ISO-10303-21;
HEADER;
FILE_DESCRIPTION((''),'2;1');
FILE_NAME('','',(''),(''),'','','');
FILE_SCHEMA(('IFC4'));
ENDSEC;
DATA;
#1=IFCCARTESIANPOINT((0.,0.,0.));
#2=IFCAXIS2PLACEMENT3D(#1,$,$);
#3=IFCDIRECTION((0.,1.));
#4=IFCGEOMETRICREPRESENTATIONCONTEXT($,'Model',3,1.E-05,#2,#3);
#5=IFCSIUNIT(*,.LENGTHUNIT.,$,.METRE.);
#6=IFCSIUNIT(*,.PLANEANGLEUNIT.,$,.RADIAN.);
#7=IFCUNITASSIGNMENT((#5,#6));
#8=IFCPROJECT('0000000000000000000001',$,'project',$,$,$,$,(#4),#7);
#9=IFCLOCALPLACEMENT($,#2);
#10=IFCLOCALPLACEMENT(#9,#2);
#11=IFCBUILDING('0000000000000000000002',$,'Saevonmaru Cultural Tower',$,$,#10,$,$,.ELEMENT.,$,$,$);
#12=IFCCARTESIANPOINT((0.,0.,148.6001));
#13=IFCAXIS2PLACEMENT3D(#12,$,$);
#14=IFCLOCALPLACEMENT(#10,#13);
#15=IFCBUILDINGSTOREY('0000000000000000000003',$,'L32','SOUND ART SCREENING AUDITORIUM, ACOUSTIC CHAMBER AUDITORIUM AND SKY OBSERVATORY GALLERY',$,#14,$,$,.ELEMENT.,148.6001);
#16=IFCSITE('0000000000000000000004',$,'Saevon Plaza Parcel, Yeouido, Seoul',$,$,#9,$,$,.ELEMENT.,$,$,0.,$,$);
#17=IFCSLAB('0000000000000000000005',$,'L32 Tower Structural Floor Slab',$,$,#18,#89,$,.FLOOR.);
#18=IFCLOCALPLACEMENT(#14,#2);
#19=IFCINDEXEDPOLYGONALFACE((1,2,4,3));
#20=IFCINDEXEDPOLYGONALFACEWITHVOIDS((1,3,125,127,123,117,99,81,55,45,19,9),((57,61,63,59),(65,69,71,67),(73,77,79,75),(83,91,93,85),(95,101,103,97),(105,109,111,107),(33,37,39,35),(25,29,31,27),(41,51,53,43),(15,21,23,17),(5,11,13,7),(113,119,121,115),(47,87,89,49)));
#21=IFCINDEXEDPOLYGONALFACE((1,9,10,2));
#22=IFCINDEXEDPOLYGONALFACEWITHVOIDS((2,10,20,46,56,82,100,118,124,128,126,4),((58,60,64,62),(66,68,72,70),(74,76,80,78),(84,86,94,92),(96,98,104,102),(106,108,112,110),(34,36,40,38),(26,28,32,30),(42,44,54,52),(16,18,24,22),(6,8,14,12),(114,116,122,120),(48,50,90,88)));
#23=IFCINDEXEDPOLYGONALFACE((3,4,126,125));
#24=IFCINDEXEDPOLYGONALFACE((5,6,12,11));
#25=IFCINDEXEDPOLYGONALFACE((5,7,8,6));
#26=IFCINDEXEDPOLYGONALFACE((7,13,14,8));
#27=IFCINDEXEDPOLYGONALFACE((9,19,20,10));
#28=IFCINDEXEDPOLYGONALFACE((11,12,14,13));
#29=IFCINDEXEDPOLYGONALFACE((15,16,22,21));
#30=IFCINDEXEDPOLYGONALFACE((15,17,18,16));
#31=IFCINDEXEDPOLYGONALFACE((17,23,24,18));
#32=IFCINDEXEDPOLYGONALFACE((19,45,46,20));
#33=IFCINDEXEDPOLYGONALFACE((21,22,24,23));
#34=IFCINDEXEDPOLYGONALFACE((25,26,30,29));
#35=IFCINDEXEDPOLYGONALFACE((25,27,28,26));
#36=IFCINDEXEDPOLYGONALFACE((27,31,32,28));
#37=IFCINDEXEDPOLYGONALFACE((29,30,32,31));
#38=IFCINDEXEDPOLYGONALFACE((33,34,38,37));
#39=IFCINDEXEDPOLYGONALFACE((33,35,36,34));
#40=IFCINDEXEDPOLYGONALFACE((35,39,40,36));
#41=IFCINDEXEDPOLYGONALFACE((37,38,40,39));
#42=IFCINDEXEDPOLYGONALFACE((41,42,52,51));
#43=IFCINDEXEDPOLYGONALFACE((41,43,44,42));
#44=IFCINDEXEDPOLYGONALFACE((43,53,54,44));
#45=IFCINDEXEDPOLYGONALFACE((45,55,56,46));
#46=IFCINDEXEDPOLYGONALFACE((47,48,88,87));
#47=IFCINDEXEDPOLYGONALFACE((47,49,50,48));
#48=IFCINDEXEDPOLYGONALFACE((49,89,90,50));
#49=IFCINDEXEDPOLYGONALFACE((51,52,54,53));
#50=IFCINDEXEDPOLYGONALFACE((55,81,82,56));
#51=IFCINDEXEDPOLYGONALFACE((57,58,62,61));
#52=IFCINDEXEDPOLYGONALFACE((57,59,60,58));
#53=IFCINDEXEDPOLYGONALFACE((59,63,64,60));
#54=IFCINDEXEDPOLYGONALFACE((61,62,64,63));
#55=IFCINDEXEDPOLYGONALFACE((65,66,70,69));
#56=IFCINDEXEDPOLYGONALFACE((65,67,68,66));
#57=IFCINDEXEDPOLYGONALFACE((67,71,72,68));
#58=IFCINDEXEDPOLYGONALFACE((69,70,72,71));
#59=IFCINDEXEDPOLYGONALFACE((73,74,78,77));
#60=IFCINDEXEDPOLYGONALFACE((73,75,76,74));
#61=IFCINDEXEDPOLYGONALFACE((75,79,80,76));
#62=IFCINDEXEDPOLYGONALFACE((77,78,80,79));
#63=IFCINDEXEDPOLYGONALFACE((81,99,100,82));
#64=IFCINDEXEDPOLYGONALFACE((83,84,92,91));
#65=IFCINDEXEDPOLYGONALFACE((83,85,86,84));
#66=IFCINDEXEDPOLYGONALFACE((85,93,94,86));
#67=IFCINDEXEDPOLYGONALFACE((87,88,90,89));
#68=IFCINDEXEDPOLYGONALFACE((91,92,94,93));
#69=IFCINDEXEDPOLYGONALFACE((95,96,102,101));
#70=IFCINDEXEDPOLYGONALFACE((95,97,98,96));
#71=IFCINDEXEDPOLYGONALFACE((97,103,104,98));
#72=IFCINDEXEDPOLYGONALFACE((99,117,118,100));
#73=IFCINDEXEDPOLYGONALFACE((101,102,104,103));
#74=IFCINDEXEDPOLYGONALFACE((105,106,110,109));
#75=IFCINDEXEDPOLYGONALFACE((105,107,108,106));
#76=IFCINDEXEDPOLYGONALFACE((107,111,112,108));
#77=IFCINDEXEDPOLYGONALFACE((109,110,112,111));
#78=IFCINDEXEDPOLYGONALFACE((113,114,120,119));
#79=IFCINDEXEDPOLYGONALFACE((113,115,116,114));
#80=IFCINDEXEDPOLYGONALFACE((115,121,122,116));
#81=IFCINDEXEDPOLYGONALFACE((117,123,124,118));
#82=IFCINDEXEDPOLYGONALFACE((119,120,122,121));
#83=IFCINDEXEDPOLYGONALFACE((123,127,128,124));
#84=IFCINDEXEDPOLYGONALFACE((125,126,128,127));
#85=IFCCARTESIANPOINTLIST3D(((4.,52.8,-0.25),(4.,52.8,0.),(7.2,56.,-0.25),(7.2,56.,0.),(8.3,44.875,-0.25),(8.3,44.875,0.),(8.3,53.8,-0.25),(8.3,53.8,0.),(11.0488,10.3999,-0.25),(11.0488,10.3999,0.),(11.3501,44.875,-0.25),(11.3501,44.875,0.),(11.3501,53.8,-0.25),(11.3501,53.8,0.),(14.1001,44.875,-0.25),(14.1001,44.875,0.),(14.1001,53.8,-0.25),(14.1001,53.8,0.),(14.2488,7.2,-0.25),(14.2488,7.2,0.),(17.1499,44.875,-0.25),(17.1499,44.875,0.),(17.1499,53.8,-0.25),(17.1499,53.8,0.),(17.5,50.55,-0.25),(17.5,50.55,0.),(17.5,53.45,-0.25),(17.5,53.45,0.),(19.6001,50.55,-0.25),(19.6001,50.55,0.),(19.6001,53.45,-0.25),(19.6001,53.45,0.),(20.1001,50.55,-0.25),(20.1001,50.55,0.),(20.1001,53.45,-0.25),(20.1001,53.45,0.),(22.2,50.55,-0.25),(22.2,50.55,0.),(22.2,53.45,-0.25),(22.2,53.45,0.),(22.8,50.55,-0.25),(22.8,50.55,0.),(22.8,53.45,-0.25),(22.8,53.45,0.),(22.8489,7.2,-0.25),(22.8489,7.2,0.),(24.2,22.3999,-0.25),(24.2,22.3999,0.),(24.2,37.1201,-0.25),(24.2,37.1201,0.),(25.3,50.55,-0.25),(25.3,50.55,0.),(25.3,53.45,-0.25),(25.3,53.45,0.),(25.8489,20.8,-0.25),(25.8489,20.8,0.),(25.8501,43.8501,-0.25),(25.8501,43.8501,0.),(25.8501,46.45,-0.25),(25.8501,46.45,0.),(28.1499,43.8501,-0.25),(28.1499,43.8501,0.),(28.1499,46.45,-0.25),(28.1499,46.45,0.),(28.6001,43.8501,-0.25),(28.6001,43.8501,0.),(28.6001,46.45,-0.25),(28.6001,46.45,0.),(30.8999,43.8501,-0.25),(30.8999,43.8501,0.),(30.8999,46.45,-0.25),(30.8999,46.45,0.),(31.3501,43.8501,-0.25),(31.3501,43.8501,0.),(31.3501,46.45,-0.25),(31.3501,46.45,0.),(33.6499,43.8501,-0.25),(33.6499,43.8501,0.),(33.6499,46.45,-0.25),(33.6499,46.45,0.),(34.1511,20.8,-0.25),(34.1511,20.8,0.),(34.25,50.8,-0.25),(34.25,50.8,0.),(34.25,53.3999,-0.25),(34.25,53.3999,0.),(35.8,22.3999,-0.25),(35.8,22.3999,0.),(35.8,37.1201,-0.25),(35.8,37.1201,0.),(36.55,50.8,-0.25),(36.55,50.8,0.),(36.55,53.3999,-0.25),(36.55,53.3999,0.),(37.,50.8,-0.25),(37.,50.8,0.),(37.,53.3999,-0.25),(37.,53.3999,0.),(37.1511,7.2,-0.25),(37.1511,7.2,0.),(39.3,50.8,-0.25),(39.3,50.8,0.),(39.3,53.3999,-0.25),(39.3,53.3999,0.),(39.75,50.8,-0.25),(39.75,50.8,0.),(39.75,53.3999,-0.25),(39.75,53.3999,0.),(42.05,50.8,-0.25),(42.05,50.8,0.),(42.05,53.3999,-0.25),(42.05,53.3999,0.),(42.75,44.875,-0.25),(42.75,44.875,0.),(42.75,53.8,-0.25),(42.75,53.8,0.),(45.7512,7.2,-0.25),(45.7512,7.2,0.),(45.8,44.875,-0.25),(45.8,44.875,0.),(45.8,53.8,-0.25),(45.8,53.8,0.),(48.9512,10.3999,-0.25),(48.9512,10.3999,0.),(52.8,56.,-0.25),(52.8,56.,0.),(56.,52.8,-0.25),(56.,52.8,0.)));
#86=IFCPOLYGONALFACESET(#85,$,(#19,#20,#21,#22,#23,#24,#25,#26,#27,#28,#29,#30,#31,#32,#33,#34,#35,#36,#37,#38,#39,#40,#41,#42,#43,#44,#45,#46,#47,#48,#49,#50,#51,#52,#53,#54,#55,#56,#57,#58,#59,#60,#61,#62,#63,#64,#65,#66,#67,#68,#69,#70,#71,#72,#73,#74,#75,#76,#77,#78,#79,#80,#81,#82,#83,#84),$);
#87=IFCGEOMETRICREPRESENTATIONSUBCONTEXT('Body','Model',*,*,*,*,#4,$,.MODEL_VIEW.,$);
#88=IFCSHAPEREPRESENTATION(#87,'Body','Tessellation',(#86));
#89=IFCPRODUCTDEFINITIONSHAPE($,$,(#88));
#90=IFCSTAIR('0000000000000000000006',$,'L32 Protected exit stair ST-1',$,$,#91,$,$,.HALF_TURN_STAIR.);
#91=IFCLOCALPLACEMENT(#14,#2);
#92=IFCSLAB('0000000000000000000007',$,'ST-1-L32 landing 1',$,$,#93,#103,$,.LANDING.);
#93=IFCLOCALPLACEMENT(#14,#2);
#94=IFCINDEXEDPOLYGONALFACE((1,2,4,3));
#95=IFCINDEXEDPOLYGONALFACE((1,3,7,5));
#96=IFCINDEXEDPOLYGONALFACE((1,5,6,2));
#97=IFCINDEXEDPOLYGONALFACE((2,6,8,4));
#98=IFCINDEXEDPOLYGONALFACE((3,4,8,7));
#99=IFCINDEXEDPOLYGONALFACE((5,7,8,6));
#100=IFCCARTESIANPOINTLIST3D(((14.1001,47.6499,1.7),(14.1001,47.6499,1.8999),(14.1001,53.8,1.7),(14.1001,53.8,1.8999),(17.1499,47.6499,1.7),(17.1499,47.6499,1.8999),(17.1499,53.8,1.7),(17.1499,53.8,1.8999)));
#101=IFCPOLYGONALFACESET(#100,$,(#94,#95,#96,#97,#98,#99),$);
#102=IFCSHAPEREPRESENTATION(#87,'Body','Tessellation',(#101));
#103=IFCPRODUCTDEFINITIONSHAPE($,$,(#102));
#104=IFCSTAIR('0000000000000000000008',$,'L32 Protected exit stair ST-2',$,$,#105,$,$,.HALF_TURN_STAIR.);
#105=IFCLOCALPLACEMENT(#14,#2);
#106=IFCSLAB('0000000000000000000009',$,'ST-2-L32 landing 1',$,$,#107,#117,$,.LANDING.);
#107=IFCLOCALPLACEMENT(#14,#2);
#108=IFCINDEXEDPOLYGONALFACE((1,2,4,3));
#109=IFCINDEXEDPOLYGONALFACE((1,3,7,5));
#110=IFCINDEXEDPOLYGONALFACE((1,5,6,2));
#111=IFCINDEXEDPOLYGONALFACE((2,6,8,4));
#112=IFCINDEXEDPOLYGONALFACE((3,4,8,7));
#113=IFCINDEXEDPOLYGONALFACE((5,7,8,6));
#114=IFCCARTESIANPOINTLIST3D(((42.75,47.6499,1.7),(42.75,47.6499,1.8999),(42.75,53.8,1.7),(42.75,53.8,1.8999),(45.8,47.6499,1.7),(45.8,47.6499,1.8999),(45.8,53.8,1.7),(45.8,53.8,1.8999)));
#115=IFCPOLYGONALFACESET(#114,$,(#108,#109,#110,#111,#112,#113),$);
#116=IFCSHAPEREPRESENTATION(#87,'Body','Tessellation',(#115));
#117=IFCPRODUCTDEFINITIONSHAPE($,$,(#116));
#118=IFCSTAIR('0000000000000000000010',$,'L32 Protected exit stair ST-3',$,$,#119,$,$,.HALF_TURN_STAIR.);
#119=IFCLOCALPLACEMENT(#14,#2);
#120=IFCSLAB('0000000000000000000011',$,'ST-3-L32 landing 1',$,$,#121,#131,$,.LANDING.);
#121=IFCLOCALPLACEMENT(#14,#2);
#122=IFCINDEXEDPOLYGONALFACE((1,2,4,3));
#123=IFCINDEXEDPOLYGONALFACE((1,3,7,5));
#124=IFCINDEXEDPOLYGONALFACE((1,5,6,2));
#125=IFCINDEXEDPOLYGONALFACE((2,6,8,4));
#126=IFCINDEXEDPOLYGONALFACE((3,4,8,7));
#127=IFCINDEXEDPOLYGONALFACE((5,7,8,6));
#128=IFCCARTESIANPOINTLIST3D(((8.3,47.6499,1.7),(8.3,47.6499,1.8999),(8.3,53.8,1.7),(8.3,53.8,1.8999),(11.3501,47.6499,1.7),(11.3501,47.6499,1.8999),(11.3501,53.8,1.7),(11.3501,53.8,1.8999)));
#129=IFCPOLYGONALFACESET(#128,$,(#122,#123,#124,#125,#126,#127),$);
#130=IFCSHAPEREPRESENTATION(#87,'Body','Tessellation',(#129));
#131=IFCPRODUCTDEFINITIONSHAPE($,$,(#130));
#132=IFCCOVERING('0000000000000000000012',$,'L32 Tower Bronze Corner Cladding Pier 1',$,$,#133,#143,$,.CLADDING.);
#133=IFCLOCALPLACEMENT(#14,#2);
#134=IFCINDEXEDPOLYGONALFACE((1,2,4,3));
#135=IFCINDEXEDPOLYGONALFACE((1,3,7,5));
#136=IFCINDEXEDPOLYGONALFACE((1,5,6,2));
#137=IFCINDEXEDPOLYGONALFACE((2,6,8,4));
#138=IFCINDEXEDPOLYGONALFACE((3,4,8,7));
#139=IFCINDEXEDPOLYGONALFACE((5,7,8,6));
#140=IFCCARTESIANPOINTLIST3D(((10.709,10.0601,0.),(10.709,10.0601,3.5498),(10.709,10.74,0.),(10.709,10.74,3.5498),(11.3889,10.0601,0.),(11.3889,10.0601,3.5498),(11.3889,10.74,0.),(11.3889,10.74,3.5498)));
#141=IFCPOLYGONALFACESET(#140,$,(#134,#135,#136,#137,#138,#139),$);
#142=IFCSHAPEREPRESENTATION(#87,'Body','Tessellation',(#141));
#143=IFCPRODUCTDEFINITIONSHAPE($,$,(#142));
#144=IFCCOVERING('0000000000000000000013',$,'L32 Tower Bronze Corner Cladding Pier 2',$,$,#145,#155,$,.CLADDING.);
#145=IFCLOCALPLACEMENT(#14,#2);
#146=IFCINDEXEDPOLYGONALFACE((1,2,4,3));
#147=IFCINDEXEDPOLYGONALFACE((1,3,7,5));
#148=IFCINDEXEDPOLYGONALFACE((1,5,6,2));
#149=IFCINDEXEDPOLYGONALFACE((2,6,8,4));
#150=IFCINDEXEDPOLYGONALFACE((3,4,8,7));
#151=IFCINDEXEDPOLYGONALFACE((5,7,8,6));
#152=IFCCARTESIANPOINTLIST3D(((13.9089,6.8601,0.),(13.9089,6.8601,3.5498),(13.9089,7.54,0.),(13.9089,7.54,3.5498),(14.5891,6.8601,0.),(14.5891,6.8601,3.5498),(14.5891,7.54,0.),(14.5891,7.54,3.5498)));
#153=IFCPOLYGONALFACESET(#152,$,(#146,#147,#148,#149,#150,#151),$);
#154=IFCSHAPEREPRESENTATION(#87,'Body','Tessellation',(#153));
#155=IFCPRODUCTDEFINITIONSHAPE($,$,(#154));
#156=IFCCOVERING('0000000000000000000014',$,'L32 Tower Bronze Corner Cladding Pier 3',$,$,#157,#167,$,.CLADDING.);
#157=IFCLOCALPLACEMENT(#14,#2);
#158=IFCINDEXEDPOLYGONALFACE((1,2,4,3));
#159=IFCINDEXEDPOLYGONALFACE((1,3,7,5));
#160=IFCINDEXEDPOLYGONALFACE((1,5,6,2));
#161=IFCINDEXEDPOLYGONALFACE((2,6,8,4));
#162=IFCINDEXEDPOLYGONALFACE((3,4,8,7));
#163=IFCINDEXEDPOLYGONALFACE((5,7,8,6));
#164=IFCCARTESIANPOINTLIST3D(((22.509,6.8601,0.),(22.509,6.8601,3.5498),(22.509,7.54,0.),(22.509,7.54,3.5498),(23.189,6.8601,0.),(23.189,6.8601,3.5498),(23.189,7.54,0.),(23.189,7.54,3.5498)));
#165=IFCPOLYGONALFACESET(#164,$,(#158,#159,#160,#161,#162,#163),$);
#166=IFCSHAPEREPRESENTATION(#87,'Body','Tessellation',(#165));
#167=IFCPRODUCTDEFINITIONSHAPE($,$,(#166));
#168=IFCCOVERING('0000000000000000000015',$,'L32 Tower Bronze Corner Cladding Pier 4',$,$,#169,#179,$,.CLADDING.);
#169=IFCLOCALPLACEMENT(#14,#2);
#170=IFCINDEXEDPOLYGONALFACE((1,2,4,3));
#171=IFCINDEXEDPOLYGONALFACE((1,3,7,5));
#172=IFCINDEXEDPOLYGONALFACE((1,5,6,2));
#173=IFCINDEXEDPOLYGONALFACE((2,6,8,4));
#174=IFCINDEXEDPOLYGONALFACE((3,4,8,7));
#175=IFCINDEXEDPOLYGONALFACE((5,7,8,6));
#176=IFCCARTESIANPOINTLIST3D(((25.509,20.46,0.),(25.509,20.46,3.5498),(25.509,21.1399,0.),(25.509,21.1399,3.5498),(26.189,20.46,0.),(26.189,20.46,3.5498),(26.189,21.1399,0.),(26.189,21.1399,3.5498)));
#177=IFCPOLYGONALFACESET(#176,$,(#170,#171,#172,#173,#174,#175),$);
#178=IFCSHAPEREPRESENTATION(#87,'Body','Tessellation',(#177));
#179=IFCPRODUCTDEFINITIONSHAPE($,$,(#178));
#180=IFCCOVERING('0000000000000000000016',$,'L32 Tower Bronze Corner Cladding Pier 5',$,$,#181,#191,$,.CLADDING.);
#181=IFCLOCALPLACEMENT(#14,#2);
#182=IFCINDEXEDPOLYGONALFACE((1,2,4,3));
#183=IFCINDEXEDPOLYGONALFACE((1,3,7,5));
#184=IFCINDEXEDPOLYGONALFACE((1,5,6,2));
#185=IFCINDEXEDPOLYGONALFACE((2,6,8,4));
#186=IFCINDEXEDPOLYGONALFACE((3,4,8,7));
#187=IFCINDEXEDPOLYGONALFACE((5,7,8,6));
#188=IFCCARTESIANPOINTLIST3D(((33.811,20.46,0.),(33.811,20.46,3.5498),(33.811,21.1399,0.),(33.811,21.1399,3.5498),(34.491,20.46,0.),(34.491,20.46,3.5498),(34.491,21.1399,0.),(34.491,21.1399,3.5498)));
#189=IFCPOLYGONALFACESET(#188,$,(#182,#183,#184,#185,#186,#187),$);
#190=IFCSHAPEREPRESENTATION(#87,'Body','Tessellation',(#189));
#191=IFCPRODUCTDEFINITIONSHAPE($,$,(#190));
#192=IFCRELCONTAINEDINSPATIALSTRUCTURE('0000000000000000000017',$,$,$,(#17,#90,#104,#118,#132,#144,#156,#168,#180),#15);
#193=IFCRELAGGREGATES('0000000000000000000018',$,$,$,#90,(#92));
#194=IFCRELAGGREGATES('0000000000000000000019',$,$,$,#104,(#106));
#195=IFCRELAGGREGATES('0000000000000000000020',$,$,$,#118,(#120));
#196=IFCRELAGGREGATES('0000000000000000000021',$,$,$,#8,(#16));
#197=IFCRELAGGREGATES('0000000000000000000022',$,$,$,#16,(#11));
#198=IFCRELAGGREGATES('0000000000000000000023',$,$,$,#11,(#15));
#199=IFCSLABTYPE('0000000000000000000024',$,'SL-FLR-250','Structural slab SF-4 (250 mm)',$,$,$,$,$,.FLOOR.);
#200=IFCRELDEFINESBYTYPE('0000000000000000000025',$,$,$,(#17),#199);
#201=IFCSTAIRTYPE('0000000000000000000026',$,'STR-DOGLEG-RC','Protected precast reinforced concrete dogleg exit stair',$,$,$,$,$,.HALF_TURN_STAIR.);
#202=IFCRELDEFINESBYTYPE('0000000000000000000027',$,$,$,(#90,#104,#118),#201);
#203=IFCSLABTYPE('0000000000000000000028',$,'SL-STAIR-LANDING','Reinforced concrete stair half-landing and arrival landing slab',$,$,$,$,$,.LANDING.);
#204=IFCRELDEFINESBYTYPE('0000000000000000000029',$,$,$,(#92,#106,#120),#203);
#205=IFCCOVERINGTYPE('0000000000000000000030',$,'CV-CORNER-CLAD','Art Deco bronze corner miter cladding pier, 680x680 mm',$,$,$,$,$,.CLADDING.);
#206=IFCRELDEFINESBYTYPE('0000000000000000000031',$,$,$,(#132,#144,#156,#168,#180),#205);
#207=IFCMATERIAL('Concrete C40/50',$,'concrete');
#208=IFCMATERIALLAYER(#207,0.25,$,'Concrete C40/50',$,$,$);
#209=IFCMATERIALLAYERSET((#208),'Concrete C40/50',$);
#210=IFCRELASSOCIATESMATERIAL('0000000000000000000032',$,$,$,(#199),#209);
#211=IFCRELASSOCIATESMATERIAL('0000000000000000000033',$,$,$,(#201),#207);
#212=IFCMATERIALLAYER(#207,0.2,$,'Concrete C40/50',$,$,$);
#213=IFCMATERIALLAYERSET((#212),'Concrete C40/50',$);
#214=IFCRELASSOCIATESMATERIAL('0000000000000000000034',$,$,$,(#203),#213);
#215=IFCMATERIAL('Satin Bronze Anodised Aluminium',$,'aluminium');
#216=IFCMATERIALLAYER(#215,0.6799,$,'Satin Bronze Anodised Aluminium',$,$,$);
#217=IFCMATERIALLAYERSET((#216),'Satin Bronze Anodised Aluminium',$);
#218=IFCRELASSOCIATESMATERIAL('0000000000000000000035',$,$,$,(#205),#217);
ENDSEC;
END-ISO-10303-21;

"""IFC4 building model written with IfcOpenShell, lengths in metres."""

from ifc_helpers import new_model, si_unit, direction, frame, origin, place, context, subcontext, project, spatial, polyline, outline, extrude, material, layer, layer_set, type_object, element, aggregate, save


model = new_model("IFC4")

# Units and contexts
model_context = context("Model", 3, precision=1e-05, world=origin(), true_north=direction((0.0, 1.0)))
body_context = subcontext(model_context, "Body", "Model", "MODEL_VIEW")
ifc_project = project(units=[si_unit("LENGTHUNIT", "METRE"), si_unit("PLANEANGLEUNIT", "RADIAN")], contexts=[model_context])

# Site, building, storey
site_placement = place(None, origin())
site = spatial("IfcSite", under=ifc_project, at=site_placement, Name="Saevon Plaza Parcel, Yeouido, Seoul", CompositionType="ELEMENT", RefElevation=0.0)
building_placement = place(site_placement, origin())
building = spatial("IfcBuilding", under=site, at=building_placement, Name="Saevonmaru Cultural Tower", CompositionType="ELEMENT")
storey_placement = place(building_placement, frame((0.0, 0.0, 148.6001)))
storey = spatial("IfcBuildingStorey", under=building, at=storey_placement, Name="L32", Description="SOUND ART SCREENING AUDITORIUM, ACOUSTIC CHAMBER AUDITORIUM AND SKY OBSERVATORY GALLERY", CompositionType="ELEMENT", Elevation=148.6001)

# Shared definitions
ifc_material_1 = material(Name="Satin Bronze Anodised Aluminium", Category="aluminium")

# Slab
ifc_material_2 = material(Name="Concrete C40/50", Category="concrete")
ifc_layer_1 = layer(ifc_material_2, 0.25, Name="Concrete C40/50")
ifc_layer_set_1 = layer_set([ifc_layer_1], Name="Concrete C40/50")
slab_type_1 = type_object("IfcSlabType", Name="SL-FLR-250", Description="Structural slab SF-4 (250 mm)", PredefinedType="FLOOR", material=ifc_layer_set_1)
slab_1_placement = place(storey_placement, frame((0.0, 0.0, -0.25)))
element("IfcSlab", 1, at=slab_1_placement, inside=storey, type_object=slab_type_1, Name="L32 Tower Structural Floor Slab", PredefinedType="FLOOR", context=body_context, shape_type="SweptSolid", body=[
    extrude(outline(polyline([(11.0488, 10.3999), (14.2488, 7.2), (22.8489, 7.2), (25.8489, 20.8), (34.1511, 20.8), (37.1511, 7.2), (45.7512, 7.2), (48.9512, 10.3999), (56.0, 52.8), (52.8, 56.0), (7.2, 56.0), (4.0, 52.8), (11.0488, 10.3999)]), holes=[polyline([(45.8, 44.875), (42.75, 44.875), (42.75, 53.8), (45.8, 53.8), (45.8, 44.875)]), polyline([(39.75, 50.8), (39.75, 53.3999), (42.05, 53.3999), (42.05, 50.8), (39.75, 50.8)]), polyline([(37.0, 50.8), (37.0, 53.3999), (39.3, 53.3999), (39.3, 50.8), (37.0, 50.8)]), polyline([(34.25, 50.8), (34.25, 53.3999), (36.55, 53.3999), (36.55, 50.8), (34.25, 50.8)]), polyline([(24.2, 22.3999), (24.2, 37.1201), (35.8, 37.1201), (35.8, 22.3999), (24.2, 22.3999)]), polyline([(31.3501, 43.8501), (31.3501, 46.45), (33.6499, 46.45), (33.6499, 43.8501), (31.3501, 43.8501)]), polyline([(28.6001, 43.8501), (28.6001, 46.45), (30.8999, 46.45), (30.8999, 43.8501), (28.6001, 43.8501)]), polyline([(28.1499, 43.8501), (25.8501, 43.8501), (25.8501, 46.45), (28.1499, 46.45), (28.1499, 43.8501)]), polyline([(25.3, 50.55), (22.8, 50.55), (22.8, 53.45), (25.3, 53.45), (25.3, 50.55)]), polyline([(20.1001, 50.55), (20.1001, 53.45), (22.2, 53.45), (22.2, 50.55), (20.1001, 50.55)]), polyline([(17.5, 50.55), (17.5, 53.45), (19.6001, 53.45), (19.6001, 50.55), (17.5, 50.55)]), polyline([(17.1499, 53.8), (17.1499, 44.875), (14.1001, 44.875), (14.1001, 53.8), (17.1499, 53.8)]), polyline([(11.3501, 44.875), (8.3, 44.875), (8.3, 53.8), (11.3501, 53.8), (11.3501, 44.875)])]), origin(), (0.0, 0.0, 1.0), 0.25),
])

# Stairs, slabs
stair_type = type_object("IfcStairType", Name="STR-DOGLEG-RC", Description="Protected precast reinforced concrete dogleg exit stair", PredefinedType="HALF_TURN_STAIR", material=ifc_material_2)
stair_1_placement = place(storey_placement, origin())
stair_1 = element("IfcStair", 2, at=stair_1_placement, inside=storey, type_object=stair_type, Name="L32 Protected exit stair ST-1", PredefinedType="HALF_TURN_STAIR")
ifc_layer_2 = layer(ifc_material_2, 0.2, Name="Concrete C40/50")
ifc_layer_set_2 = layer_set([ifc_layer_2], Name="Concrete C40/50")
slab_type_2 = type_object("IfcSlabType", Name="SL-STAIR-LANDING", Description="Reinforced concrete stair half-landing and arrival landing slab", PredefinedType="LANDING", material=ifc_layer_set_2)
slab_2_placement = place(storey_placement, frame((0.0, 0.0, 1.7)))
slab_2 = element("IfcSlab", 3, at=slab_2_placement, type_object=slab_type_2, Name="ST-1-L32 landing 1", PredefinedType="LANDING", context=body_context, shape_type="SweptSolid", body=[
    extrude(outline(polyline([(17.1499, 47.6499), (17.1499, 53.8), (14.1001, 53.8), (14.1001, 47.6499), (17.1499, 47.6499)])), origin(), (0.0, 0.0, 1.0), 0.2),
])
aggregate(stair_1, [slab_2])
stair_2_placement = place(storey_placement, origin())
stair_2 = element("IfcStair", 4, at=stair_2_placement, inside=storey, type_object=stair_type, Name="L32 Protected exit stair ST-2", PredefinedType="HALF_TURN_STAIR")
slab_3_placement = place(storey_placement, frame((0.0, 0.0, 1.7)))
slab_3 = element("IfcSlab", 5, at=slab_3_placement, type_object=slab_type_2, Name="ST-2-L32 landing 1", PredefinedType="LANDING", context=body_context, shape_type="SweptSolid", body=[
    extrude(outline(polyline([(45.8, 47.6499), (45.8, 53.8), (42.75, 53.8), (42.75, 47.6499), (45.8, 47.6499)])), origin(), (0.0, 0.0, 1.0), 0.2),
])
aggregate(stair_2, [slab_3])
stair_3_placement = place(storey_placement, origin())
stair_3 = element("IfcStair", 6, at=stair_3_placement, inside=storey, type_object=stair_type, Name="L32 Protected exit stair ST-3", PredefinedType="HALF_TURN_STAIR")
slab_4_placement = place(storey_placement, frame((0.0, 0.0, 1.7)))
slab_4 = element("IfcSlab", 7, at=slab_4_placement, type_object=slab_type_2, Name="ST-3-L32 landing 1", PredefinedType="LANDING", context=body_context, shape_type="SweptSolid", body=[
    extrude(outline(polyline([(11.3501, 47.6499), (11.3501, 53.8), (8.3, 53.8), (8.3, 47.6499), (11.3501, 47.6499)])), origin(), (0.0, 0.0, 1.0), 0.2),
])
aggregate(stair_3, [slab_4])

# Coverings
ifc_layer_3 = layer(ifc_material_1, 0.6799, Name="Satin Bronze Anodised Aluminium")
ifc_layer_set_3 = layer_set([ifc_layer_3], Name="Satin Bronze Anodised Aluminium")
covering_type = type_object("IfcCoveringType", Name="CV-CORNER-CLAD", Description="Art Deco bronze corner miter cladding pier, 680x680 mm", PredefinedType="CLADDING", material=ifc_layer_set_3)
covering_1_placement = place(storey_placement, origin())
element("IfcCovering", 8, at=covering_1_placement, inside=storey, type_object=covering_type, Name="L32 Tower Bronze Corner Cladding Pier 1", PredefinedType="CLADDING", context=body_context, shape_type="SweptSolid", body=[
    extrude(outline(polyline([(10.709, 10.0601), (11.3889, 10.0601), (11.3889, 10.74), (10.709, 10.74), (10.709, 10.0601)])), origin(), (0.0, 0.0, 1.0), 3.5498),
])
covering_2_placement = place(storey_placement, origin())
element("IfcCovering", 9, at=covering_2_placement, inside=storey, type_object=covering_type, Name="L32 Tower Bronze Corner Cladding Pier 2", PredefinedType="CLADDING", context=body_context, shape_type="SweptSolid", body=[
    extrude(outline(polyline([(13.9089, 6.8601), (14.5891, 6.8601), (14.5891, 7.54), (13.9089, 7.54), (13.9089, 6.8601)])), origin(), (0.0, 0.0, 1.0), 3.5498),
])
covering_3_placement = place(storey_placement, origin())
element("IfcCovering", 10, at=covering_3_placement, inside=storey, type_object=covering_type, Name="L32 Tower Bronze Corner Cladding Pier 3", PredefinedType="CLADDING", context=body_context, shape_type="SweptSolid", body=[
    extrude(outline(polyline([(22.509, 6.8601), (23.189, 6.8601), (23.189, 7.54), (22.509, 7.54), (22.509, 6.8601)])), origin(), (0.0, 0.0, 1.0), 3.5498),
])
covering_4_placement = place(storey_placement, origin())
element("IfcCovering", 11, at=covering_4_placement, inside=storey, type_object=covering_type, Name="L32 Tower Bronze Corner Cladding Pier 4", PredefinedType="CLADDING", context=body_context, shape_type="SweptSolid", body=[
    extrude(outline(polyline([(25.509, 20.46), (26.189, 20.46), (26.189, 21.1399), (25.509, 21.1399), (25.509, 20.46)])), origin(), (0.0, 0.0, 1.0), 3.5498),
])
covering_5_placement = place(storey_placement, origin())
element("IfcCovering", 12, at=covering_5_placement, inside=storey, type_object=covering_type, Name="L32 Tower Bronze Corner Cladding Pier 5", PredefinedType="CLADDING", context=body_context, shape_type="SweptSolid", body=[
    extrude(outline(polyline([(33.811, 20.46), (34.491, 20.46), (34.491, 21.1399), (33.811, 21.1399), (33.811, 20.46)])), origin(), (0.0, 0.0, 1.0), 3.5498),
])

save(model, "model.ifc")
